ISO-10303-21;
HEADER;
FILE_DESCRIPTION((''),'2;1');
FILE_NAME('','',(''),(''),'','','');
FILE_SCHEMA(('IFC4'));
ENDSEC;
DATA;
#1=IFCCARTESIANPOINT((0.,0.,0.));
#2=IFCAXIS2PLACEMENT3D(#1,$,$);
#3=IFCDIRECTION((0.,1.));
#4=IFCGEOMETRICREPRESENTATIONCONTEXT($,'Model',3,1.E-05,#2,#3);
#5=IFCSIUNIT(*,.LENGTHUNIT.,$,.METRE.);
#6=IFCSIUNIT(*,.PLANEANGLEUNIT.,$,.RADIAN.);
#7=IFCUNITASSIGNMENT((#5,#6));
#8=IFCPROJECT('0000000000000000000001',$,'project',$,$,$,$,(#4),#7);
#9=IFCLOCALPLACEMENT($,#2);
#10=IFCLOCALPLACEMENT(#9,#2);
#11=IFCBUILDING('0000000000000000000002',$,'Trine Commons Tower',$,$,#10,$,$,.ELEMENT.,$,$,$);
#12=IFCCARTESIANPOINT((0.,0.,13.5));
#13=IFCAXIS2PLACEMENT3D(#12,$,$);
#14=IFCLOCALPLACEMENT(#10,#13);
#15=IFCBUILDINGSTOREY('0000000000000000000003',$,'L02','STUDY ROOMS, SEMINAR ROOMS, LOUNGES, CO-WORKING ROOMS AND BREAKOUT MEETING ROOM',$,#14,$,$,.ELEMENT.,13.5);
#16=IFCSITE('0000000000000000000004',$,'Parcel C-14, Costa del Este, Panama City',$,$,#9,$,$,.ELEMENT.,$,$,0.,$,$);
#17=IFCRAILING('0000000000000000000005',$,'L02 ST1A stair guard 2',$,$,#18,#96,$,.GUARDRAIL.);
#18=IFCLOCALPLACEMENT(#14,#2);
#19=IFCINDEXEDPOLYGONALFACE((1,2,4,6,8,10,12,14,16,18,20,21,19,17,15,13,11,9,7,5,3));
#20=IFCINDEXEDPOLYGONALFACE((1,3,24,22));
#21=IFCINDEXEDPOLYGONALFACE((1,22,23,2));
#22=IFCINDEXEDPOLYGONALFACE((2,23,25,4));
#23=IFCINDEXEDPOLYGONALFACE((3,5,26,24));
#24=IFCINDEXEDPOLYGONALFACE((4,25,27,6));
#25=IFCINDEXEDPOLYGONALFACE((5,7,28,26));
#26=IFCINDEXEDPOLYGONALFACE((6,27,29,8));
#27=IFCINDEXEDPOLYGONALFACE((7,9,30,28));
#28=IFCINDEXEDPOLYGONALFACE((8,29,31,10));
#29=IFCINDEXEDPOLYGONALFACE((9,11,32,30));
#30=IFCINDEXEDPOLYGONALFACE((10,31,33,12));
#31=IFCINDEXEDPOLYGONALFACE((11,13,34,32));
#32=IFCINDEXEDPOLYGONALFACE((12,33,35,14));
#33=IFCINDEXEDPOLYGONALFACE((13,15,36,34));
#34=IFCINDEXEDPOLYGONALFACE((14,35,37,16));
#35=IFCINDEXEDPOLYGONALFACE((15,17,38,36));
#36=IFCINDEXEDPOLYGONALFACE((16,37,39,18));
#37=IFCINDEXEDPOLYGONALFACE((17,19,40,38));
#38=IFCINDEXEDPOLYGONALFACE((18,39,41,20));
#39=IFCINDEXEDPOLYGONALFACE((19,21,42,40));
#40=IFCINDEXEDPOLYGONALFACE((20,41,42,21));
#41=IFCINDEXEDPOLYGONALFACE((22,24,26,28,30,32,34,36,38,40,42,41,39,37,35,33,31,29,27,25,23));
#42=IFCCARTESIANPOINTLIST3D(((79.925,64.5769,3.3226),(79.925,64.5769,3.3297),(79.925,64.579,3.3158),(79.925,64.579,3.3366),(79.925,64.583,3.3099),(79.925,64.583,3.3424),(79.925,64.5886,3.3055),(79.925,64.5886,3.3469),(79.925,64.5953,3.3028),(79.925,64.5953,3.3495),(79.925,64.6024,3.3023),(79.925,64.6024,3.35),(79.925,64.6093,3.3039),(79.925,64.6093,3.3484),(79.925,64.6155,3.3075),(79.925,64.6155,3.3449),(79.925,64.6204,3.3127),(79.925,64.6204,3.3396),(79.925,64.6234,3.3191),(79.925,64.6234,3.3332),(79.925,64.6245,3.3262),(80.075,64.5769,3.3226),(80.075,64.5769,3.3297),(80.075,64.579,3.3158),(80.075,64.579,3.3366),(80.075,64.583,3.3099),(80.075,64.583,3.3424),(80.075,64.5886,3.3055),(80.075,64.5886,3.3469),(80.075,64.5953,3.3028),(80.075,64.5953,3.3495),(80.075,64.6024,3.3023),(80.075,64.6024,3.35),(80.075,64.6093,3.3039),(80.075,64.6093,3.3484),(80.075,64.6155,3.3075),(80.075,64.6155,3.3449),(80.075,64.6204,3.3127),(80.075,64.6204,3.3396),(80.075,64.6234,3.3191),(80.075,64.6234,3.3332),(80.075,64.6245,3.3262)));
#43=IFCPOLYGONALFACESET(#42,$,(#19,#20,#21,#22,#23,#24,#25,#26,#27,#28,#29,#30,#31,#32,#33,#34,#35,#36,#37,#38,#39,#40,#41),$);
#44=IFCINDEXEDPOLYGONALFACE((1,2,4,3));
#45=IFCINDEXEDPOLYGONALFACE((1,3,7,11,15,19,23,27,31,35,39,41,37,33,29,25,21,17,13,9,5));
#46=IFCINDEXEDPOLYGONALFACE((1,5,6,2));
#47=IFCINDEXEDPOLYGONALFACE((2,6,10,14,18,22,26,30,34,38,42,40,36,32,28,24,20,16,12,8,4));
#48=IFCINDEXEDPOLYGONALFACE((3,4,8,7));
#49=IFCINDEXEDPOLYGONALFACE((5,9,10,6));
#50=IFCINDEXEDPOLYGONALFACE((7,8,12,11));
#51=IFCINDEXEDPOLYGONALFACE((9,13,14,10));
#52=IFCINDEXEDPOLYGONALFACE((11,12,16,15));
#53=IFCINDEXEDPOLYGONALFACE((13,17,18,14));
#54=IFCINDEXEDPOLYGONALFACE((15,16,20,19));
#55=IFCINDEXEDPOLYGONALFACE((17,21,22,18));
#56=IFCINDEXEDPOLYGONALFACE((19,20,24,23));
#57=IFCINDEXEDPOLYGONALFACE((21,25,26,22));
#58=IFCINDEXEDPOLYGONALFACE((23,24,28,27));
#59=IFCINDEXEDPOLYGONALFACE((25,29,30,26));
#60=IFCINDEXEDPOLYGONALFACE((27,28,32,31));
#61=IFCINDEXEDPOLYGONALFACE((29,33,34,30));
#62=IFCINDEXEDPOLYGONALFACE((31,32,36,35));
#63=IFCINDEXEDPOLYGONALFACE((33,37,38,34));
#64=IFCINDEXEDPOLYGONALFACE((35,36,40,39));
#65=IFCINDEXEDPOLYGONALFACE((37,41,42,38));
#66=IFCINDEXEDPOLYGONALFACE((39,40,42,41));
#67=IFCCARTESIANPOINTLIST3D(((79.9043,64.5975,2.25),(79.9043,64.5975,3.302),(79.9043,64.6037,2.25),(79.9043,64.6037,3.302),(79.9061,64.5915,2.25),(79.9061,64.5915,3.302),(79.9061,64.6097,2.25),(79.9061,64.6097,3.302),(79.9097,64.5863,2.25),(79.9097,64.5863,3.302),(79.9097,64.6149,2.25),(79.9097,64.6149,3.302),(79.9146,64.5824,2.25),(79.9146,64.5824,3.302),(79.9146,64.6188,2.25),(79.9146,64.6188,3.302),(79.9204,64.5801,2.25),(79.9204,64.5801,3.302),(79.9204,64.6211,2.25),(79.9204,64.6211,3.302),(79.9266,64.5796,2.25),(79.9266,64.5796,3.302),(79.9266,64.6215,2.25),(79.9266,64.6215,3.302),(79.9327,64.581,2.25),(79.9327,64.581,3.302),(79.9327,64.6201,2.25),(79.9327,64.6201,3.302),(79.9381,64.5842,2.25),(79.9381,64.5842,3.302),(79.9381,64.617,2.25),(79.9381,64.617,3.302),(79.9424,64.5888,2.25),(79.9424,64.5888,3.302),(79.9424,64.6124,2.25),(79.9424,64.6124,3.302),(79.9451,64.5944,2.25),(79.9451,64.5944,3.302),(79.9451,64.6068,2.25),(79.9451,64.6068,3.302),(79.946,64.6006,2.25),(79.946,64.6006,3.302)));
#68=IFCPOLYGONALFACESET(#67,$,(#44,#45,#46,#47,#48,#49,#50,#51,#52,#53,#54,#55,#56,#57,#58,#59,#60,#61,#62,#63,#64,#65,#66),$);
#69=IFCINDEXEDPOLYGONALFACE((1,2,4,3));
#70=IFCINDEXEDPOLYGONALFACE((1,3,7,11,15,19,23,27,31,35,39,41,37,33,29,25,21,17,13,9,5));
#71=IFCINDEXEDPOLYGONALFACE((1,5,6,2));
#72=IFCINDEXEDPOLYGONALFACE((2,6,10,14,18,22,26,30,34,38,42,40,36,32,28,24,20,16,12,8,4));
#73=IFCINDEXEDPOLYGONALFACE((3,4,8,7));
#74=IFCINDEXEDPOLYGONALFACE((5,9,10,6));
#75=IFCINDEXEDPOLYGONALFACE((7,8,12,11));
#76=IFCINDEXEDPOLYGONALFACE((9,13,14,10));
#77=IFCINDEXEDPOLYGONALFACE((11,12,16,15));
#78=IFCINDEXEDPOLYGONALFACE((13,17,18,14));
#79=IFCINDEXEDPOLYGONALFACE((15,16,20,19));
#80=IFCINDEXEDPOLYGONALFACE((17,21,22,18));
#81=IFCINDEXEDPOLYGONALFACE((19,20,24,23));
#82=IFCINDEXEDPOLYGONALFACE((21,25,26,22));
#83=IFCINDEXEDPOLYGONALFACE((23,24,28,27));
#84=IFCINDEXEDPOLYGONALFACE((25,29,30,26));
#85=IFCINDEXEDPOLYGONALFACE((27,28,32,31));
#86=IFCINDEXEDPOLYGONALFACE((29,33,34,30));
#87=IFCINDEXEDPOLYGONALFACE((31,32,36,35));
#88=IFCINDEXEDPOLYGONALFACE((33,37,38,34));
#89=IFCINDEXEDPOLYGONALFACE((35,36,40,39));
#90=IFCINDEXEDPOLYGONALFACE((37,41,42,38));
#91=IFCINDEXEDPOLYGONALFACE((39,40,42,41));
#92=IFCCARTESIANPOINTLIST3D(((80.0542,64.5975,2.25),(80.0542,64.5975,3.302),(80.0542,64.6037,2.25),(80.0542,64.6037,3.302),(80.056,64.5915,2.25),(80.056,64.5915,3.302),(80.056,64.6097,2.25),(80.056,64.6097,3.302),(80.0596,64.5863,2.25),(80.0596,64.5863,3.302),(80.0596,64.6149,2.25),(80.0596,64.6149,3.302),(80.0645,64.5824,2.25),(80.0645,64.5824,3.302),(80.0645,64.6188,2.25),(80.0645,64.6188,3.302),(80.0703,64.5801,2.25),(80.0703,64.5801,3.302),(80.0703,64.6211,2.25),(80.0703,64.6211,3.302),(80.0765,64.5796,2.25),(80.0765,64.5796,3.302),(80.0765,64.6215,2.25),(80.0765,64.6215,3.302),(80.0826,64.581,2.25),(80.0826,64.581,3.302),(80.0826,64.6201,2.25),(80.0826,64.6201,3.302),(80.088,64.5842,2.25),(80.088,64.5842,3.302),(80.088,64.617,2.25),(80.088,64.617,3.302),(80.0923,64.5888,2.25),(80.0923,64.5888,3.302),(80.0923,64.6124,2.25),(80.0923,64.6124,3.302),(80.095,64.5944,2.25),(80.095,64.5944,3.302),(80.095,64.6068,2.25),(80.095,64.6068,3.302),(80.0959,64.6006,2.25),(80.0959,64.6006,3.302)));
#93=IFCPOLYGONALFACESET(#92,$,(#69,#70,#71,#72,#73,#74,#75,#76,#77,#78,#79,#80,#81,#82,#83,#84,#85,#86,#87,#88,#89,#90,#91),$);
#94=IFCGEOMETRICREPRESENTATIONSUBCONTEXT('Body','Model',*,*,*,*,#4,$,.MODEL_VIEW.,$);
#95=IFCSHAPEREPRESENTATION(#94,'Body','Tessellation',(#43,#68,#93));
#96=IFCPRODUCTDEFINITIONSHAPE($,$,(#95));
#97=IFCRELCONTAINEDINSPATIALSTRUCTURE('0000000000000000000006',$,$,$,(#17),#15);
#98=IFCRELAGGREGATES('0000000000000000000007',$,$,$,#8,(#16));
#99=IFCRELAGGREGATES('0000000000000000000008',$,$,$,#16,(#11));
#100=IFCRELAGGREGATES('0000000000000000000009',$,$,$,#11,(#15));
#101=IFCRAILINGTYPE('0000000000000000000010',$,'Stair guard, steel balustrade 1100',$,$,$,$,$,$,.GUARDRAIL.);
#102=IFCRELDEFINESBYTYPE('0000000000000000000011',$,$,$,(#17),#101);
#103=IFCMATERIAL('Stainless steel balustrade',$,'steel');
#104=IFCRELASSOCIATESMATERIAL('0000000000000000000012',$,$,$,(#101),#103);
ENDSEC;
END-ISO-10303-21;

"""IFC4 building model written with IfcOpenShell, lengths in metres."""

from ifc_helpers import new_model, si_unit, direction, frame, origin, origin_2d, place, context, subcontext, project, spatial, circle, extrude, material, type_object, element, save


model = new_model("IFC4")

# Units and contexts
model_context = context("Model", 3, precision=1e-05, world=origin(), true_north=direction((0.0, 1.0)))
body_context = subcontext(model_context, "Body", "Model", "MODEL_VIEW")
ifc_project = project(units=[si_unit("LENGTHUNIT", "METRE"), si_unit("PLANEANGLEUNIT", "RADIAN")], contexts=[model_context])

# Site, building, storey
site_placement = place(None, origin())
site = spatial("IfcSite", under=ifc_project, at=site_placement, Name="Parcel C-14, Costa del Este, Panama City", CompositionType="ELEMENT", RefElevation=0.0)
building_placement = place(site_placement, origin())
building = spatial("IfcBuilding", under=site, at=building_placement, Name="Trine Commons Tower", CompositionType="ELEMENT")
storey_placement = place(building_placement, frame((0.0, 0.0, 13.5)))
storey = spatial("IfcBuildingStorey", under=building, at=storey_placement, Name="L02", Description="STUDY ROOMS, SEMINAR ROOMS, LOUNGES, CO-WORKING ROOMS AND BREAKOUT MEETING ROOM", CompositionType="ELEMENT", Elevation=13.5)

# Railing
ifc_material_1 = material(Name="Stainless steel balustrade", Category="steel")
railing_type_1 = type_object("IfcRailingType", Name="Stair guard, steel balustrade 1100", PredefinedType="GUARDRAIL", material=ifc_material_1)
railing_1_placement = place(storey_placement, frame((79.925, 64.6006, 2.25)))
element("IfcRailing", 1, at=railing_1_placement, inside=storey, type_object=railing_type_1, Name="L02 ST1A stair guard 2", PredefinedType="GUARDRAIL", context=body_context, shape_type="SweptSolid", body=[
    extrude(circle(Radius=0.0239, at=origin_2d()), frame((0.0, 0.0, 1.0762), z_axis=(1.0, 0.0, 0.0), x_axis=(0.0, 1.0, 0.0)), (0.0, 0.0, 1.0), 0.1499),
    extrude(circle(Radius=0.021, at=origin_2d()), origin(), (0.0, 0.0, 1.0), 1.052),
    extrude(circle(Radius=0.021, at=origin_2d()), frame((0.1499, 0.0, 0.0)), (0.0, 0.0, 1.0), 1.052),
])

save(model, "model.ifc")
